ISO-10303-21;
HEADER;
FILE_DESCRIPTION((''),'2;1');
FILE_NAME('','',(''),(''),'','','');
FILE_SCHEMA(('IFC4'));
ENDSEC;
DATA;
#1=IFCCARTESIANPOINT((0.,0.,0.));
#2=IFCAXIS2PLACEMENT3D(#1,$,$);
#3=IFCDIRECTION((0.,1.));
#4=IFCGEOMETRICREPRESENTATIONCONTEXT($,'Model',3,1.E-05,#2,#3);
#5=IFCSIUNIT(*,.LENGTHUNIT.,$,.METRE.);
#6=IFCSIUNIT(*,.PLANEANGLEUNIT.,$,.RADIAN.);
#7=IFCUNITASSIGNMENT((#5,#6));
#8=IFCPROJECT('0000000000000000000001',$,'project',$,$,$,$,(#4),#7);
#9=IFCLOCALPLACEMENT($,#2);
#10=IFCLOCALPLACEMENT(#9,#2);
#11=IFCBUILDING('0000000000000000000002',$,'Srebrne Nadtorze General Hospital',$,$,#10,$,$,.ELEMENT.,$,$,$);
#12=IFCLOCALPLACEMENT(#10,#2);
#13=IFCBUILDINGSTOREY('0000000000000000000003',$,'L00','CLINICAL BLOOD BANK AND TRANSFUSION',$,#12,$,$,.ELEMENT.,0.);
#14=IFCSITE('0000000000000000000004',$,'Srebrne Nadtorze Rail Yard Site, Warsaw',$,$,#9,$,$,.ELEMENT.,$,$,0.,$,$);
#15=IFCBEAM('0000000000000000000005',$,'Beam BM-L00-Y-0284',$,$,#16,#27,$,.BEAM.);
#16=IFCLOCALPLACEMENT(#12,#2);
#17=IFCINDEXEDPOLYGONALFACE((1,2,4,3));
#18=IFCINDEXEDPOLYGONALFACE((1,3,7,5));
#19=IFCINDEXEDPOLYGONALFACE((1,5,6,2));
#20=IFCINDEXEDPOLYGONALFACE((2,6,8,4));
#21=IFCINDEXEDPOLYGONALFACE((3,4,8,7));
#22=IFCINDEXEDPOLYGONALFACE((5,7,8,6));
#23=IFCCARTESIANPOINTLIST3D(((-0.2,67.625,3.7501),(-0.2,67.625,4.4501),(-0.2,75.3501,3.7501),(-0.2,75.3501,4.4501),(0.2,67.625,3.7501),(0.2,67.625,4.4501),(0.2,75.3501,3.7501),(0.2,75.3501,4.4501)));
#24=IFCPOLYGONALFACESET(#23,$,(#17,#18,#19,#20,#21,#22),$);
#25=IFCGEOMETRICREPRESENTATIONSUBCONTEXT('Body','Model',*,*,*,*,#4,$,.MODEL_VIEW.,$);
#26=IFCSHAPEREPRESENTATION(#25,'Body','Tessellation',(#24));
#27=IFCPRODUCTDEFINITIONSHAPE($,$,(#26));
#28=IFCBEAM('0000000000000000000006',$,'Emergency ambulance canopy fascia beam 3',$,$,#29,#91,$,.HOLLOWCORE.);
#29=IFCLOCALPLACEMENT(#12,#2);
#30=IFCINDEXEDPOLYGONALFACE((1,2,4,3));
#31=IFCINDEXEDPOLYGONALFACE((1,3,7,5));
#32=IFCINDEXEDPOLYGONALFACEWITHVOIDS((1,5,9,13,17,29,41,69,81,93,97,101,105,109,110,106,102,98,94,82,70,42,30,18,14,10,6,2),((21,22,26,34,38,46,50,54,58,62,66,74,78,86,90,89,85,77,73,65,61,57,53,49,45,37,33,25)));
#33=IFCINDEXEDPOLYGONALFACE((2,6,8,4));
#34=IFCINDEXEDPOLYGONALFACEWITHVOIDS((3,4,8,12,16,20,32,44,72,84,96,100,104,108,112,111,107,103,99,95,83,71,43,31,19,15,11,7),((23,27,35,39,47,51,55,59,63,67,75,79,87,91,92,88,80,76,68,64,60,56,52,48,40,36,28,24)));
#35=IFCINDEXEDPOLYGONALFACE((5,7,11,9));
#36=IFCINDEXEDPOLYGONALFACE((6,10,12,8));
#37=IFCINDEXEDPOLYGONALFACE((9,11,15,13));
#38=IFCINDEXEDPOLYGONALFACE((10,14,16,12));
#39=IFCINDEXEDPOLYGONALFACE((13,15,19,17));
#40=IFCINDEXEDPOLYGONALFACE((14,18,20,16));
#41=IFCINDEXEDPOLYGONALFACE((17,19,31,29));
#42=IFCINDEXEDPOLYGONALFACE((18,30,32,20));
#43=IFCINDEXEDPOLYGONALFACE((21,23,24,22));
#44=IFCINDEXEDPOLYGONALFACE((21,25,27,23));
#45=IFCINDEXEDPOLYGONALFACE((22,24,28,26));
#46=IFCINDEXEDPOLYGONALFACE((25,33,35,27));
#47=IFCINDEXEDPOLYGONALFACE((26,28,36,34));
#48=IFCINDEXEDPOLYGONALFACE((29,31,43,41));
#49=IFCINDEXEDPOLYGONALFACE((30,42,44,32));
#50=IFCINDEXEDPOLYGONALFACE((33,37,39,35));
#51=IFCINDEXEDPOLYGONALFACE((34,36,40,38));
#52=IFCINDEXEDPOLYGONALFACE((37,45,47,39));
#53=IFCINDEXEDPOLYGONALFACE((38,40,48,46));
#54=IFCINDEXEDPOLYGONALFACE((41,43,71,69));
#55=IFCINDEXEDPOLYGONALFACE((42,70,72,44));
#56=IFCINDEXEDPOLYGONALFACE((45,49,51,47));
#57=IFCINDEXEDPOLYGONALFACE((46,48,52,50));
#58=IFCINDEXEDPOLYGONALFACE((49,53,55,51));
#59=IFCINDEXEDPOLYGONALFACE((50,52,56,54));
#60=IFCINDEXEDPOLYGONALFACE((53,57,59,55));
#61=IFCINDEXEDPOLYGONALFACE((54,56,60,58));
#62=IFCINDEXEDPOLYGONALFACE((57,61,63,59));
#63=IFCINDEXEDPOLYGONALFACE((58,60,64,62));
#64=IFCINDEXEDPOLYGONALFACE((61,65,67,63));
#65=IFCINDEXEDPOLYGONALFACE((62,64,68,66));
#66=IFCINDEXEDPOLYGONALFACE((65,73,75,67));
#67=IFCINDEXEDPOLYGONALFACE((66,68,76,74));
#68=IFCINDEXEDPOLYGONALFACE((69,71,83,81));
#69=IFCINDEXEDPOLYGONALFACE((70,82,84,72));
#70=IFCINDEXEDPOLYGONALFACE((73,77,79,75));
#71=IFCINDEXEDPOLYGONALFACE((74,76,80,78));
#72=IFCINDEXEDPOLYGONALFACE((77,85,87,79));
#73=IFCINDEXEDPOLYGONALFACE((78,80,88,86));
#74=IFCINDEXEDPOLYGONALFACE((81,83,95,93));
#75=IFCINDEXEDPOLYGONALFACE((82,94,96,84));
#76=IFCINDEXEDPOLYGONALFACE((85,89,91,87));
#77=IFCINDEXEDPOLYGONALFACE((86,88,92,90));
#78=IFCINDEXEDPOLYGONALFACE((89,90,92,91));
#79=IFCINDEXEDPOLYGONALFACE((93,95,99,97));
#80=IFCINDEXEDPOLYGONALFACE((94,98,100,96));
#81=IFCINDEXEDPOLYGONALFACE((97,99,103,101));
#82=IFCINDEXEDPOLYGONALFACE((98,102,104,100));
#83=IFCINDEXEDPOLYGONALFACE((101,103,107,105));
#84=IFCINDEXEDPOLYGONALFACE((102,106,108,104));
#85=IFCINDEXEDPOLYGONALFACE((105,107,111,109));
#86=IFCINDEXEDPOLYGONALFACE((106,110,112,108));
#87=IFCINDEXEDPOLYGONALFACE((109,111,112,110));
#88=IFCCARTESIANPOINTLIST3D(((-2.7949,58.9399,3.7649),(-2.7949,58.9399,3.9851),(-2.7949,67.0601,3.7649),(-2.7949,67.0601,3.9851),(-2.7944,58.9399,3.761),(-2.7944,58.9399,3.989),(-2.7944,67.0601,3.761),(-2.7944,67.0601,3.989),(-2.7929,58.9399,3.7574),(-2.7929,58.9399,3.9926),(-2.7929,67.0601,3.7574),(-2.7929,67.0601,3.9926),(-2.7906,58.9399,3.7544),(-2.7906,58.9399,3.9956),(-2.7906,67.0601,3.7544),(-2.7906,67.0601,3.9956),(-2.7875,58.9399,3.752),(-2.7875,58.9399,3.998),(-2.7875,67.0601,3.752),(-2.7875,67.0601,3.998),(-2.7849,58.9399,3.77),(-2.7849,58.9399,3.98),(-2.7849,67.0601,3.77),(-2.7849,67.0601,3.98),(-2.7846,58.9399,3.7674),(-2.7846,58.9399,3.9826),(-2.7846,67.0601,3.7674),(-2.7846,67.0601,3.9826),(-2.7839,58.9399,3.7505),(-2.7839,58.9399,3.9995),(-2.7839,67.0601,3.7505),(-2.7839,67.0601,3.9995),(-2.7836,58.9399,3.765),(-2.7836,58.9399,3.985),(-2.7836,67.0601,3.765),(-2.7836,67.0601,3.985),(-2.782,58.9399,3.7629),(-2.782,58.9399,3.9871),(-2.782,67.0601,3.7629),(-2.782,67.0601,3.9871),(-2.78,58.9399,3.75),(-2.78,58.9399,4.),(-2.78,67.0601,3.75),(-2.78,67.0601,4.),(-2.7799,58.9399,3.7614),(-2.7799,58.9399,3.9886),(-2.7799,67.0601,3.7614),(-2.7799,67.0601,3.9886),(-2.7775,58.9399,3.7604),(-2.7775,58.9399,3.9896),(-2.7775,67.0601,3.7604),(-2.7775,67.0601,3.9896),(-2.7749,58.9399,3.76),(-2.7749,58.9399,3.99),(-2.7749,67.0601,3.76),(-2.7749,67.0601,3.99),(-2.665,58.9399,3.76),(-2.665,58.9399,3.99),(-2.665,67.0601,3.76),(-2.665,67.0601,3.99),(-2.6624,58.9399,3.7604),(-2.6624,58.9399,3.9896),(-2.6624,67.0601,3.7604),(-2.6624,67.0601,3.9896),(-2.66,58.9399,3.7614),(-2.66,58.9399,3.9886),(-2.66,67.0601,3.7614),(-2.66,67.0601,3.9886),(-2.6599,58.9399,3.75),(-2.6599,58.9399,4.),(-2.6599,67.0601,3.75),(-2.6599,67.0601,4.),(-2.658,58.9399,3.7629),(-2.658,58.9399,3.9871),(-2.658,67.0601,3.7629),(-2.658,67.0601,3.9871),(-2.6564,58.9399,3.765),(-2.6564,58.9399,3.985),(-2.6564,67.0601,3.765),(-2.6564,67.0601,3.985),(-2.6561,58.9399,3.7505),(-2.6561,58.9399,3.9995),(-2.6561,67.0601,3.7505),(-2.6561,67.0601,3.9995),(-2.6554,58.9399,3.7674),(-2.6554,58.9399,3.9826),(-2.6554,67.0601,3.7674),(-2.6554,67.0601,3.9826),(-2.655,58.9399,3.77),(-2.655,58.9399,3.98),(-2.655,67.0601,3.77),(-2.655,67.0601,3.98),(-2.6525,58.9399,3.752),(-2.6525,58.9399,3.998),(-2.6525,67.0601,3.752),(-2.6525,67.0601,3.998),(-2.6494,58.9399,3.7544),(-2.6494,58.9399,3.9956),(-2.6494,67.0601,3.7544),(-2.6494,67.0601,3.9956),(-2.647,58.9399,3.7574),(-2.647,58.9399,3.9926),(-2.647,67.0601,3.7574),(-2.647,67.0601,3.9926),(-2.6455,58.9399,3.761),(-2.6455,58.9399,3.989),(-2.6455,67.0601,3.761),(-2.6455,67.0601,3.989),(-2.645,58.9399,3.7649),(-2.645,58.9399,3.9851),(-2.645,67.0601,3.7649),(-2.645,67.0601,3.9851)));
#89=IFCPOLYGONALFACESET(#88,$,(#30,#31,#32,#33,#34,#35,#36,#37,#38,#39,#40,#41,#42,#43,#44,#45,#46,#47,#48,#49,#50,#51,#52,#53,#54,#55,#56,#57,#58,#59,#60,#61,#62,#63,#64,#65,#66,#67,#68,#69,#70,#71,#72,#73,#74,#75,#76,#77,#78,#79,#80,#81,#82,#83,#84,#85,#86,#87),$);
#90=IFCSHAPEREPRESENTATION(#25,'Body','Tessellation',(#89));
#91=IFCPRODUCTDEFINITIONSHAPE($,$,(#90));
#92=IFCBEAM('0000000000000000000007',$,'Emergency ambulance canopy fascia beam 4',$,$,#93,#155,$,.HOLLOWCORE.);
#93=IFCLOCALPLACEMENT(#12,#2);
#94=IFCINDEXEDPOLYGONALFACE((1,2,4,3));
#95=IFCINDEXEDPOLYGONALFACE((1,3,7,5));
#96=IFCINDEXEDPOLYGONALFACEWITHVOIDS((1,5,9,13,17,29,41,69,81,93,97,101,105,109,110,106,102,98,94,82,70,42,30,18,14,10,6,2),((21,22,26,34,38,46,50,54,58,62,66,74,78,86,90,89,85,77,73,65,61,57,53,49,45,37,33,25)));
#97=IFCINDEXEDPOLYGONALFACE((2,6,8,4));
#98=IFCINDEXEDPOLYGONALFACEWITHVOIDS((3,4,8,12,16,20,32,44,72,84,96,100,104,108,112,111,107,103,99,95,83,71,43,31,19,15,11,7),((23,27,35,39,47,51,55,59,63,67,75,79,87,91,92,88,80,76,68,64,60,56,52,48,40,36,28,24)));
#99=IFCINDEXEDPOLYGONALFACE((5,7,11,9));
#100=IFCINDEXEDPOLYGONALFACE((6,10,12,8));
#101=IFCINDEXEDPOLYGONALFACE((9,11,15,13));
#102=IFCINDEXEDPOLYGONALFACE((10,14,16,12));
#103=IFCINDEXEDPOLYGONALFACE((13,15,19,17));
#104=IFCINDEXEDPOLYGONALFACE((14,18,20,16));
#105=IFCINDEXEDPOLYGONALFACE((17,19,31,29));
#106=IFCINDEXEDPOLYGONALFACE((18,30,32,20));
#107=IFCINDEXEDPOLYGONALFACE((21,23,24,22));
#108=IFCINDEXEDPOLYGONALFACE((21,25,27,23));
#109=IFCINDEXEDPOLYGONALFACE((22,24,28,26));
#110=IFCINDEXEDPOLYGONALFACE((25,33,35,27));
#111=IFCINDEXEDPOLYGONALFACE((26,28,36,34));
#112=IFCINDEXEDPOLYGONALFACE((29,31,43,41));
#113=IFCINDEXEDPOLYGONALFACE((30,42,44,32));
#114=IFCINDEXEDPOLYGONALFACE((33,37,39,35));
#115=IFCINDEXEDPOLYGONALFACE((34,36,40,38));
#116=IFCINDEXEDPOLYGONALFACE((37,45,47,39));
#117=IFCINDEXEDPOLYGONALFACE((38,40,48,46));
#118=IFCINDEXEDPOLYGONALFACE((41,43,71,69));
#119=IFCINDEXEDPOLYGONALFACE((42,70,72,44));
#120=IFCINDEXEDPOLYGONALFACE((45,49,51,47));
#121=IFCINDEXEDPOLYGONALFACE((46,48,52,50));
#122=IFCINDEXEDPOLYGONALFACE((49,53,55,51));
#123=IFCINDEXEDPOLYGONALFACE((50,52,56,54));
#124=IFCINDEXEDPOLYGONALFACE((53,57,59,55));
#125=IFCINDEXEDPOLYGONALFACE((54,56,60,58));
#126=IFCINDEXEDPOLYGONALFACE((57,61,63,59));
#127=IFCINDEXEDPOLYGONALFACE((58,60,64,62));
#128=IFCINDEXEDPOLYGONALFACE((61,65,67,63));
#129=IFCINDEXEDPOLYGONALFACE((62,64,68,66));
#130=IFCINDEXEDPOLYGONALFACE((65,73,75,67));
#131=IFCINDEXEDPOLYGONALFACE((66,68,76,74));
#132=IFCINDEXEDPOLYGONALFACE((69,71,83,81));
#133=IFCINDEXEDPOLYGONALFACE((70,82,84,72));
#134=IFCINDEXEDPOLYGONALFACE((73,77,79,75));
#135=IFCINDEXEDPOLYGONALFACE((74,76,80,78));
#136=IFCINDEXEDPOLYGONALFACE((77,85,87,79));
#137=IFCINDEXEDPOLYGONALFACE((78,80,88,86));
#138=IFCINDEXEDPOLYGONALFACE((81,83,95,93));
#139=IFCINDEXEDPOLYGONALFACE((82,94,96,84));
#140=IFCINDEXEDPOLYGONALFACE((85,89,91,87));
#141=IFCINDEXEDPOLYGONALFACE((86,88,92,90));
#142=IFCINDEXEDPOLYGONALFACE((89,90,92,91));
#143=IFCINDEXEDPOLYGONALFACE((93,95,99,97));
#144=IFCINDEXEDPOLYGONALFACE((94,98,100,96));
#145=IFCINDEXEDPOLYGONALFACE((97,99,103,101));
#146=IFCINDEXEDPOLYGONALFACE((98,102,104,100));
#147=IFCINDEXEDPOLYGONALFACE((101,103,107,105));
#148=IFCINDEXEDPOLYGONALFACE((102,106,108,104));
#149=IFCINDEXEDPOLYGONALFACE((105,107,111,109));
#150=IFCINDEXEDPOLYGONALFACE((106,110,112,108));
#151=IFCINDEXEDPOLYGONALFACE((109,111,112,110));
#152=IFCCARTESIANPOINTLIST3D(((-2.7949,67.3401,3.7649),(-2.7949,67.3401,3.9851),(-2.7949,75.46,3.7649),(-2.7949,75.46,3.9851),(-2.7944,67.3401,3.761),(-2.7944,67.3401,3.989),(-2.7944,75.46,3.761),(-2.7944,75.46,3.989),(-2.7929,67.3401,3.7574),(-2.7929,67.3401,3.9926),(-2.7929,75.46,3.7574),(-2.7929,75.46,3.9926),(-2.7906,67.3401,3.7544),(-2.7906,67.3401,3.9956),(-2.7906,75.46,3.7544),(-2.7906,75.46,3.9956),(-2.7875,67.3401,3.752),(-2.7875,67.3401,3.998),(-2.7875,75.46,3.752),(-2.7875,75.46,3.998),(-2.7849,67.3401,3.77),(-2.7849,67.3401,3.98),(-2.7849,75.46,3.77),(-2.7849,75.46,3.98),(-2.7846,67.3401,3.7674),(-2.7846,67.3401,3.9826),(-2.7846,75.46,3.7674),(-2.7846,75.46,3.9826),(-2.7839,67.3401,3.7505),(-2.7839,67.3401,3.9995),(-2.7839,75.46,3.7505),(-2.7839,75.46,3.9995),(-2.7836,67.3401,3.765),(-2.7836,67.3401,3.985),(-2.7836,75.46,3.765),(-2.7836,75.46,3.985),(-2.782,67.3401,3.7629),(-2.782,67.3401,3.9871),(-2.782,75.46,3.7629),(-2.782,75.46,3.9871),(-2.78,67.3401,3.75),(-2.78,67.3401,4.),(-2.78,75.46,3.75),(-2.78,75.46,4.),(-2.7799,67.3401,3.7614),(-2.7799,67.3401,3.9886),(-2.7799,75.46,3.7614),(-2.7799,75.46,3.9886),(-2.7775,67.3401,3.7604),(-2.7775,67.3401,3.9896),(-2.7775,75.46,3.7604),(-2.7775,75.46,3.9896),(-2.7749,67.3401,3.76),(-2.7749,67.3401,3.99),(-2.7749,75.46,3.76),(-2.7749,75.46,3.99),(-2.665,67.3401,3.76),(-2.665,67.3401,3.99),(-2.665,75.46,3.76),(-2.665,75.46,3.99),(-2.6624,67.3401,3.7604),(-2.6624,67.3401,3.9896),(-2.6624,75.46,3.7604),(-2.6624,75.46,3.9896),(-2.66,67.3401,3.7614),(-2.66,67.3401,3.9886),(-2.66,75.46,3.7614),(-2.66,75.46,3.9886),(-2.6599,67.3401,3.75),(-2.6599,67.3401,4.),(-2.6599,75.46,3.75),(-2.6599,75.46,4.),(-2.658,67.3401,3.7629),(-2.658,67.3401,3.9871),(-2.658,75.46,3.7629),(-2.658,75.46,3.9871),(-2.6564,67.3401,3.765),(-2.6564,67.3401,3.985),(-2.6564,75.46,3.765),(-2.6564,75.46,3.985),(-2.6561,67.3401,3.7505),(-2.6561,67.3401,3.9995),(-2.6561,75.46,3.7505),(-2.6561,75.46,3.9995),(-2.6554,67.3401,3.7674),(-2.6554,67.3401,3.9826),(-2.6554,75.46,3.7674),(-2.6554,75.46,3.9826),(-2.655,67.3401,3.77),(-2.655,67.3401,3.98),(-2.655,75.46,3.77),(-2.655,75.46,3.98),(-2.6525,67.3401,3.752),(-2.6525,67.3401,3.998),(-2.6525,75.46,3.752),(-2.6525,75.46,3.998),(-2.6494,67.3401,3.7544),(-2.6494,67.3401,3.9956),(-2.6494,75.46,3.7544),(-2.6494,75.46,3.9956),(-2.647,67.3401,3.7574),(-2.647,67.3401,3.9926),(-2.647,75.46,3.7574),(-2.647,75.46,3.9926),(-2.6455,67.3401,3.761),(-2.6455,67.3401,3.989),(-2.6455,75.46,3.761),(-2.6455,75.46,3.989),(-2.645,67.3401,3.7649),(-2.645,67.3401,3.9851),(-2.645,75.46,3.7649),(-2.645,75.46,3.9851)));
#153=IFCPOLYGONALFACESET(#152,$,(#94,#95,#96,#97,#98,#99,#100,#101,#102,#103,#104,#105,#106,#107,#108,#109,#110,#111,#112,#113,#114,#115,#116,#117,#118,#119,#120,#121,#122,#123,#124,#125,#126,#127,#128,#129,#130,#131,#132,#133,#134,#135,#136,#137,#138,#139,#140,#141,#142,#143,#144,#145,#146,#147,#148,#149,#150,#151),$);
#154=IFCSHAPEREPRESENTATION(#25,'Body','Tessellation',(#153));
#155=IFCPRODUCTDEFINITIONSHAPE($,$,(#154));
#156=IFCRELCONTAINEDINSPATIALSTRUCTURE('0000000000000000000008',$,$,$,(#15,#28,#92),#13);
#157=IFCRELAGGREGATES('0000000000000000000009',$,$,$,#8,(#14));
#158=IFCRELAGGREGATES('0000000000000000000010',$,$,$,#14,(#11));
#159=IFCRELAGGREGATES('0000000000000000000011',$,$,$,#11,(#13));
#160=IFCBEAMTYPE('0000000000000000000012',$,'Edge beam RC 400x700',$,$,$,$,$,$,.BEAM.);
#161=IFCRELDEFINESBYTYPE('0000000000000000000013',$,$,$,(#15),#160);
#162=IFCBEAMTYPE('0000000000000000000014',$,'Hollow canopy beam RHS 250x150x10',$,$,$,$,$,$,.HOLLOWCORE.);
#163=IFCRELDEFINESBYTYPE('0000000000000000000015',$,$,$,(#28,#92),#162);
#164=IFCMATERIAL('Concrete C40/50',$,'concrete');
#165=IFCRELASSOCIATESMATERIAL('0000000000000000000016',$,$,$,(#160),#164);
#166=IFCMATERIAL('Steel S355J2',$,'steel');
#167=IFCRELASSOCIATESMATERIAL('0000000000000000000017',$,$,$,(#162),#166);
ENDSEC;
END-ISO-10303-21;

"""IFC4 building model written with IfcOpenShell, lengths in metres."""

from ifc_helpers import new_model, si_unit, direction, frame, origin, origin_2d, place, context, subcontext, project, spatial, rectangle, hollow_rectangle, extrude, material, material_profile, profile_set, type_object, element, save


model = new_model("IFC4")

# Units and contexts
model_context = context("Model", 3, precision=1e-05, world=origin(), true_north=direction((0.0, 1.0)))
body_context = subcontext(model_context, "Body", "Model", "MODEL_VIEW")
ifc_project = project(units=[si_unit("LENGTHUNIT", "METRE"), si_unit("PLANEANGLEUNIT", "RADIAN")], contexts=[model_context])

# Site, building, storey
site_placement = place(None, origin())
site = spatial("IfcSite", under=ifc_project, at=site_placement, Name="Srebrne Nadtorze Rail Yard Site, Warsaw", CompositionType="ELEMENT", RefElevation=0.0)
building_placement = place(site_placement, origin())
building = spatial("IfcBuilding", under=site, at=building_placement, Name="Srebrne Nadtorze General Hospital", CompositionType="ELEMENT")
storey_placement = place(building_placement, origin())
storey = spatial("IfcBuildingStorey", under=building, at=storey_placement, Name="L00", Description="CLINICAL BLOOD BANK AND TRANSFUSION", CompositionType="ELEMENT", Elevation=0.0)

# Beams
ifc_material_1 = material(Name="Concrete C40/50", Category="concrete")
ifc_material_profile_1 = material_profile(ifc_material_1, rectangle(XDim=0.3999, YDim=0.7, at=origin_2d()), Name="RC-BM-400x700")
ifc_profile_set_1 = profile_set([ifc_material_profile_1], Name="Concrete C40/50")
beam_type_1 = type_object("IfcBeamType", Name="Edge beam RC 400x700", PredefinedType="BEAM", material=ifc_profile_set_1)
beam_1_placement = place(storey_placement, frame((0.0, 67.625, 4.1001), z_axis=(0.0, 1.0, 0.0), x_axis=(-1.0, 0.0, 0.0)))
element("IfcBeam", 1, at=beam_1_placement, inside=storey, type_object=beam_type_1, Name="Beam BM-L00-Y-0284", PredefinedType="BEAM", context=body_context, shape_type="SweptSolid", body=[
    extrude(rectangle(XDim=0.3999, YDim=0.7, at=origin_2d()), origin(), (0.0, 0.0, 1.0), 7.7251),
])
ifc_material_2 = material(Name="Steel S355J2", Category="steel")
ifc_material_profile_2 = material_profile(ifc_material_2, hollow_rectangle(XDim=0.1499, YDim=0.25, WallThickness=0.01, InnerFilletRadius=0.01, OuterFilletRadius=0.0149, at=origin_2d()), Name="RHS-250x150x10")
ifc_profile_set_2 = profile_set([ifc_material_profile_2], Name="Steel S355J2")
beam_type_2 = type_object("IfcBeamType", Name="Hollow canopy beam RHS 250x150x10", PredefinedType="HOLLOWCORE", material=ifc_profile_set_2)
beam_2_placement = place(storey_placement, frame((-2.72, 58.9399, 3.875), z_axis=(0.0, 1.0, 0.0), x_axis=(-1.0, 0.0, 0.0)))
element("IfcBeam", 2, at=beam_2_placement, inside=storey, type_object=beam_type_2, Name="Emergency ambulance canopy fascia beam 3", PredefinedType="HOLLOWCORE", context=body_context, shape_type="SweptSolid", body=[
    extrude(hollow_rectangle(XDim=0.1499, YDim=0.25, WallThickness=0.01, InnerFilletRadius=0.01, OuterFilletRadius=0.0149, at=origin_2d()), origin(), (0.0, 0.0, 1.0), 8.1201),
])
beam_3_placement = place(storey_placement, frame((-2.72, 67.3401, 3.875), z_axis=(0.0, 1.0, 0.0), x_axis=(-1.0, 0.0, 0.0)))
element("IfcBeam", 3, at=beam_3_placement, inside=storey, type_object=beam_type_2, Name="Emergency ambulance canopy fascia beam 4", PredefinedType="HOLLOWCORE", context=body_context, shape_type="SweptSolid", body=[
    extrude(hollow_rectangle(XDim=0.1499, YDim=0.25, WallThickness=0.01, InnerFilletRadius=0.01, OuterFilletRadius=0.0149, at=origin_2d()), origin(), (0.0, 0.0, 1.0), 8.1199),
])

save(model, "model.ifc")
